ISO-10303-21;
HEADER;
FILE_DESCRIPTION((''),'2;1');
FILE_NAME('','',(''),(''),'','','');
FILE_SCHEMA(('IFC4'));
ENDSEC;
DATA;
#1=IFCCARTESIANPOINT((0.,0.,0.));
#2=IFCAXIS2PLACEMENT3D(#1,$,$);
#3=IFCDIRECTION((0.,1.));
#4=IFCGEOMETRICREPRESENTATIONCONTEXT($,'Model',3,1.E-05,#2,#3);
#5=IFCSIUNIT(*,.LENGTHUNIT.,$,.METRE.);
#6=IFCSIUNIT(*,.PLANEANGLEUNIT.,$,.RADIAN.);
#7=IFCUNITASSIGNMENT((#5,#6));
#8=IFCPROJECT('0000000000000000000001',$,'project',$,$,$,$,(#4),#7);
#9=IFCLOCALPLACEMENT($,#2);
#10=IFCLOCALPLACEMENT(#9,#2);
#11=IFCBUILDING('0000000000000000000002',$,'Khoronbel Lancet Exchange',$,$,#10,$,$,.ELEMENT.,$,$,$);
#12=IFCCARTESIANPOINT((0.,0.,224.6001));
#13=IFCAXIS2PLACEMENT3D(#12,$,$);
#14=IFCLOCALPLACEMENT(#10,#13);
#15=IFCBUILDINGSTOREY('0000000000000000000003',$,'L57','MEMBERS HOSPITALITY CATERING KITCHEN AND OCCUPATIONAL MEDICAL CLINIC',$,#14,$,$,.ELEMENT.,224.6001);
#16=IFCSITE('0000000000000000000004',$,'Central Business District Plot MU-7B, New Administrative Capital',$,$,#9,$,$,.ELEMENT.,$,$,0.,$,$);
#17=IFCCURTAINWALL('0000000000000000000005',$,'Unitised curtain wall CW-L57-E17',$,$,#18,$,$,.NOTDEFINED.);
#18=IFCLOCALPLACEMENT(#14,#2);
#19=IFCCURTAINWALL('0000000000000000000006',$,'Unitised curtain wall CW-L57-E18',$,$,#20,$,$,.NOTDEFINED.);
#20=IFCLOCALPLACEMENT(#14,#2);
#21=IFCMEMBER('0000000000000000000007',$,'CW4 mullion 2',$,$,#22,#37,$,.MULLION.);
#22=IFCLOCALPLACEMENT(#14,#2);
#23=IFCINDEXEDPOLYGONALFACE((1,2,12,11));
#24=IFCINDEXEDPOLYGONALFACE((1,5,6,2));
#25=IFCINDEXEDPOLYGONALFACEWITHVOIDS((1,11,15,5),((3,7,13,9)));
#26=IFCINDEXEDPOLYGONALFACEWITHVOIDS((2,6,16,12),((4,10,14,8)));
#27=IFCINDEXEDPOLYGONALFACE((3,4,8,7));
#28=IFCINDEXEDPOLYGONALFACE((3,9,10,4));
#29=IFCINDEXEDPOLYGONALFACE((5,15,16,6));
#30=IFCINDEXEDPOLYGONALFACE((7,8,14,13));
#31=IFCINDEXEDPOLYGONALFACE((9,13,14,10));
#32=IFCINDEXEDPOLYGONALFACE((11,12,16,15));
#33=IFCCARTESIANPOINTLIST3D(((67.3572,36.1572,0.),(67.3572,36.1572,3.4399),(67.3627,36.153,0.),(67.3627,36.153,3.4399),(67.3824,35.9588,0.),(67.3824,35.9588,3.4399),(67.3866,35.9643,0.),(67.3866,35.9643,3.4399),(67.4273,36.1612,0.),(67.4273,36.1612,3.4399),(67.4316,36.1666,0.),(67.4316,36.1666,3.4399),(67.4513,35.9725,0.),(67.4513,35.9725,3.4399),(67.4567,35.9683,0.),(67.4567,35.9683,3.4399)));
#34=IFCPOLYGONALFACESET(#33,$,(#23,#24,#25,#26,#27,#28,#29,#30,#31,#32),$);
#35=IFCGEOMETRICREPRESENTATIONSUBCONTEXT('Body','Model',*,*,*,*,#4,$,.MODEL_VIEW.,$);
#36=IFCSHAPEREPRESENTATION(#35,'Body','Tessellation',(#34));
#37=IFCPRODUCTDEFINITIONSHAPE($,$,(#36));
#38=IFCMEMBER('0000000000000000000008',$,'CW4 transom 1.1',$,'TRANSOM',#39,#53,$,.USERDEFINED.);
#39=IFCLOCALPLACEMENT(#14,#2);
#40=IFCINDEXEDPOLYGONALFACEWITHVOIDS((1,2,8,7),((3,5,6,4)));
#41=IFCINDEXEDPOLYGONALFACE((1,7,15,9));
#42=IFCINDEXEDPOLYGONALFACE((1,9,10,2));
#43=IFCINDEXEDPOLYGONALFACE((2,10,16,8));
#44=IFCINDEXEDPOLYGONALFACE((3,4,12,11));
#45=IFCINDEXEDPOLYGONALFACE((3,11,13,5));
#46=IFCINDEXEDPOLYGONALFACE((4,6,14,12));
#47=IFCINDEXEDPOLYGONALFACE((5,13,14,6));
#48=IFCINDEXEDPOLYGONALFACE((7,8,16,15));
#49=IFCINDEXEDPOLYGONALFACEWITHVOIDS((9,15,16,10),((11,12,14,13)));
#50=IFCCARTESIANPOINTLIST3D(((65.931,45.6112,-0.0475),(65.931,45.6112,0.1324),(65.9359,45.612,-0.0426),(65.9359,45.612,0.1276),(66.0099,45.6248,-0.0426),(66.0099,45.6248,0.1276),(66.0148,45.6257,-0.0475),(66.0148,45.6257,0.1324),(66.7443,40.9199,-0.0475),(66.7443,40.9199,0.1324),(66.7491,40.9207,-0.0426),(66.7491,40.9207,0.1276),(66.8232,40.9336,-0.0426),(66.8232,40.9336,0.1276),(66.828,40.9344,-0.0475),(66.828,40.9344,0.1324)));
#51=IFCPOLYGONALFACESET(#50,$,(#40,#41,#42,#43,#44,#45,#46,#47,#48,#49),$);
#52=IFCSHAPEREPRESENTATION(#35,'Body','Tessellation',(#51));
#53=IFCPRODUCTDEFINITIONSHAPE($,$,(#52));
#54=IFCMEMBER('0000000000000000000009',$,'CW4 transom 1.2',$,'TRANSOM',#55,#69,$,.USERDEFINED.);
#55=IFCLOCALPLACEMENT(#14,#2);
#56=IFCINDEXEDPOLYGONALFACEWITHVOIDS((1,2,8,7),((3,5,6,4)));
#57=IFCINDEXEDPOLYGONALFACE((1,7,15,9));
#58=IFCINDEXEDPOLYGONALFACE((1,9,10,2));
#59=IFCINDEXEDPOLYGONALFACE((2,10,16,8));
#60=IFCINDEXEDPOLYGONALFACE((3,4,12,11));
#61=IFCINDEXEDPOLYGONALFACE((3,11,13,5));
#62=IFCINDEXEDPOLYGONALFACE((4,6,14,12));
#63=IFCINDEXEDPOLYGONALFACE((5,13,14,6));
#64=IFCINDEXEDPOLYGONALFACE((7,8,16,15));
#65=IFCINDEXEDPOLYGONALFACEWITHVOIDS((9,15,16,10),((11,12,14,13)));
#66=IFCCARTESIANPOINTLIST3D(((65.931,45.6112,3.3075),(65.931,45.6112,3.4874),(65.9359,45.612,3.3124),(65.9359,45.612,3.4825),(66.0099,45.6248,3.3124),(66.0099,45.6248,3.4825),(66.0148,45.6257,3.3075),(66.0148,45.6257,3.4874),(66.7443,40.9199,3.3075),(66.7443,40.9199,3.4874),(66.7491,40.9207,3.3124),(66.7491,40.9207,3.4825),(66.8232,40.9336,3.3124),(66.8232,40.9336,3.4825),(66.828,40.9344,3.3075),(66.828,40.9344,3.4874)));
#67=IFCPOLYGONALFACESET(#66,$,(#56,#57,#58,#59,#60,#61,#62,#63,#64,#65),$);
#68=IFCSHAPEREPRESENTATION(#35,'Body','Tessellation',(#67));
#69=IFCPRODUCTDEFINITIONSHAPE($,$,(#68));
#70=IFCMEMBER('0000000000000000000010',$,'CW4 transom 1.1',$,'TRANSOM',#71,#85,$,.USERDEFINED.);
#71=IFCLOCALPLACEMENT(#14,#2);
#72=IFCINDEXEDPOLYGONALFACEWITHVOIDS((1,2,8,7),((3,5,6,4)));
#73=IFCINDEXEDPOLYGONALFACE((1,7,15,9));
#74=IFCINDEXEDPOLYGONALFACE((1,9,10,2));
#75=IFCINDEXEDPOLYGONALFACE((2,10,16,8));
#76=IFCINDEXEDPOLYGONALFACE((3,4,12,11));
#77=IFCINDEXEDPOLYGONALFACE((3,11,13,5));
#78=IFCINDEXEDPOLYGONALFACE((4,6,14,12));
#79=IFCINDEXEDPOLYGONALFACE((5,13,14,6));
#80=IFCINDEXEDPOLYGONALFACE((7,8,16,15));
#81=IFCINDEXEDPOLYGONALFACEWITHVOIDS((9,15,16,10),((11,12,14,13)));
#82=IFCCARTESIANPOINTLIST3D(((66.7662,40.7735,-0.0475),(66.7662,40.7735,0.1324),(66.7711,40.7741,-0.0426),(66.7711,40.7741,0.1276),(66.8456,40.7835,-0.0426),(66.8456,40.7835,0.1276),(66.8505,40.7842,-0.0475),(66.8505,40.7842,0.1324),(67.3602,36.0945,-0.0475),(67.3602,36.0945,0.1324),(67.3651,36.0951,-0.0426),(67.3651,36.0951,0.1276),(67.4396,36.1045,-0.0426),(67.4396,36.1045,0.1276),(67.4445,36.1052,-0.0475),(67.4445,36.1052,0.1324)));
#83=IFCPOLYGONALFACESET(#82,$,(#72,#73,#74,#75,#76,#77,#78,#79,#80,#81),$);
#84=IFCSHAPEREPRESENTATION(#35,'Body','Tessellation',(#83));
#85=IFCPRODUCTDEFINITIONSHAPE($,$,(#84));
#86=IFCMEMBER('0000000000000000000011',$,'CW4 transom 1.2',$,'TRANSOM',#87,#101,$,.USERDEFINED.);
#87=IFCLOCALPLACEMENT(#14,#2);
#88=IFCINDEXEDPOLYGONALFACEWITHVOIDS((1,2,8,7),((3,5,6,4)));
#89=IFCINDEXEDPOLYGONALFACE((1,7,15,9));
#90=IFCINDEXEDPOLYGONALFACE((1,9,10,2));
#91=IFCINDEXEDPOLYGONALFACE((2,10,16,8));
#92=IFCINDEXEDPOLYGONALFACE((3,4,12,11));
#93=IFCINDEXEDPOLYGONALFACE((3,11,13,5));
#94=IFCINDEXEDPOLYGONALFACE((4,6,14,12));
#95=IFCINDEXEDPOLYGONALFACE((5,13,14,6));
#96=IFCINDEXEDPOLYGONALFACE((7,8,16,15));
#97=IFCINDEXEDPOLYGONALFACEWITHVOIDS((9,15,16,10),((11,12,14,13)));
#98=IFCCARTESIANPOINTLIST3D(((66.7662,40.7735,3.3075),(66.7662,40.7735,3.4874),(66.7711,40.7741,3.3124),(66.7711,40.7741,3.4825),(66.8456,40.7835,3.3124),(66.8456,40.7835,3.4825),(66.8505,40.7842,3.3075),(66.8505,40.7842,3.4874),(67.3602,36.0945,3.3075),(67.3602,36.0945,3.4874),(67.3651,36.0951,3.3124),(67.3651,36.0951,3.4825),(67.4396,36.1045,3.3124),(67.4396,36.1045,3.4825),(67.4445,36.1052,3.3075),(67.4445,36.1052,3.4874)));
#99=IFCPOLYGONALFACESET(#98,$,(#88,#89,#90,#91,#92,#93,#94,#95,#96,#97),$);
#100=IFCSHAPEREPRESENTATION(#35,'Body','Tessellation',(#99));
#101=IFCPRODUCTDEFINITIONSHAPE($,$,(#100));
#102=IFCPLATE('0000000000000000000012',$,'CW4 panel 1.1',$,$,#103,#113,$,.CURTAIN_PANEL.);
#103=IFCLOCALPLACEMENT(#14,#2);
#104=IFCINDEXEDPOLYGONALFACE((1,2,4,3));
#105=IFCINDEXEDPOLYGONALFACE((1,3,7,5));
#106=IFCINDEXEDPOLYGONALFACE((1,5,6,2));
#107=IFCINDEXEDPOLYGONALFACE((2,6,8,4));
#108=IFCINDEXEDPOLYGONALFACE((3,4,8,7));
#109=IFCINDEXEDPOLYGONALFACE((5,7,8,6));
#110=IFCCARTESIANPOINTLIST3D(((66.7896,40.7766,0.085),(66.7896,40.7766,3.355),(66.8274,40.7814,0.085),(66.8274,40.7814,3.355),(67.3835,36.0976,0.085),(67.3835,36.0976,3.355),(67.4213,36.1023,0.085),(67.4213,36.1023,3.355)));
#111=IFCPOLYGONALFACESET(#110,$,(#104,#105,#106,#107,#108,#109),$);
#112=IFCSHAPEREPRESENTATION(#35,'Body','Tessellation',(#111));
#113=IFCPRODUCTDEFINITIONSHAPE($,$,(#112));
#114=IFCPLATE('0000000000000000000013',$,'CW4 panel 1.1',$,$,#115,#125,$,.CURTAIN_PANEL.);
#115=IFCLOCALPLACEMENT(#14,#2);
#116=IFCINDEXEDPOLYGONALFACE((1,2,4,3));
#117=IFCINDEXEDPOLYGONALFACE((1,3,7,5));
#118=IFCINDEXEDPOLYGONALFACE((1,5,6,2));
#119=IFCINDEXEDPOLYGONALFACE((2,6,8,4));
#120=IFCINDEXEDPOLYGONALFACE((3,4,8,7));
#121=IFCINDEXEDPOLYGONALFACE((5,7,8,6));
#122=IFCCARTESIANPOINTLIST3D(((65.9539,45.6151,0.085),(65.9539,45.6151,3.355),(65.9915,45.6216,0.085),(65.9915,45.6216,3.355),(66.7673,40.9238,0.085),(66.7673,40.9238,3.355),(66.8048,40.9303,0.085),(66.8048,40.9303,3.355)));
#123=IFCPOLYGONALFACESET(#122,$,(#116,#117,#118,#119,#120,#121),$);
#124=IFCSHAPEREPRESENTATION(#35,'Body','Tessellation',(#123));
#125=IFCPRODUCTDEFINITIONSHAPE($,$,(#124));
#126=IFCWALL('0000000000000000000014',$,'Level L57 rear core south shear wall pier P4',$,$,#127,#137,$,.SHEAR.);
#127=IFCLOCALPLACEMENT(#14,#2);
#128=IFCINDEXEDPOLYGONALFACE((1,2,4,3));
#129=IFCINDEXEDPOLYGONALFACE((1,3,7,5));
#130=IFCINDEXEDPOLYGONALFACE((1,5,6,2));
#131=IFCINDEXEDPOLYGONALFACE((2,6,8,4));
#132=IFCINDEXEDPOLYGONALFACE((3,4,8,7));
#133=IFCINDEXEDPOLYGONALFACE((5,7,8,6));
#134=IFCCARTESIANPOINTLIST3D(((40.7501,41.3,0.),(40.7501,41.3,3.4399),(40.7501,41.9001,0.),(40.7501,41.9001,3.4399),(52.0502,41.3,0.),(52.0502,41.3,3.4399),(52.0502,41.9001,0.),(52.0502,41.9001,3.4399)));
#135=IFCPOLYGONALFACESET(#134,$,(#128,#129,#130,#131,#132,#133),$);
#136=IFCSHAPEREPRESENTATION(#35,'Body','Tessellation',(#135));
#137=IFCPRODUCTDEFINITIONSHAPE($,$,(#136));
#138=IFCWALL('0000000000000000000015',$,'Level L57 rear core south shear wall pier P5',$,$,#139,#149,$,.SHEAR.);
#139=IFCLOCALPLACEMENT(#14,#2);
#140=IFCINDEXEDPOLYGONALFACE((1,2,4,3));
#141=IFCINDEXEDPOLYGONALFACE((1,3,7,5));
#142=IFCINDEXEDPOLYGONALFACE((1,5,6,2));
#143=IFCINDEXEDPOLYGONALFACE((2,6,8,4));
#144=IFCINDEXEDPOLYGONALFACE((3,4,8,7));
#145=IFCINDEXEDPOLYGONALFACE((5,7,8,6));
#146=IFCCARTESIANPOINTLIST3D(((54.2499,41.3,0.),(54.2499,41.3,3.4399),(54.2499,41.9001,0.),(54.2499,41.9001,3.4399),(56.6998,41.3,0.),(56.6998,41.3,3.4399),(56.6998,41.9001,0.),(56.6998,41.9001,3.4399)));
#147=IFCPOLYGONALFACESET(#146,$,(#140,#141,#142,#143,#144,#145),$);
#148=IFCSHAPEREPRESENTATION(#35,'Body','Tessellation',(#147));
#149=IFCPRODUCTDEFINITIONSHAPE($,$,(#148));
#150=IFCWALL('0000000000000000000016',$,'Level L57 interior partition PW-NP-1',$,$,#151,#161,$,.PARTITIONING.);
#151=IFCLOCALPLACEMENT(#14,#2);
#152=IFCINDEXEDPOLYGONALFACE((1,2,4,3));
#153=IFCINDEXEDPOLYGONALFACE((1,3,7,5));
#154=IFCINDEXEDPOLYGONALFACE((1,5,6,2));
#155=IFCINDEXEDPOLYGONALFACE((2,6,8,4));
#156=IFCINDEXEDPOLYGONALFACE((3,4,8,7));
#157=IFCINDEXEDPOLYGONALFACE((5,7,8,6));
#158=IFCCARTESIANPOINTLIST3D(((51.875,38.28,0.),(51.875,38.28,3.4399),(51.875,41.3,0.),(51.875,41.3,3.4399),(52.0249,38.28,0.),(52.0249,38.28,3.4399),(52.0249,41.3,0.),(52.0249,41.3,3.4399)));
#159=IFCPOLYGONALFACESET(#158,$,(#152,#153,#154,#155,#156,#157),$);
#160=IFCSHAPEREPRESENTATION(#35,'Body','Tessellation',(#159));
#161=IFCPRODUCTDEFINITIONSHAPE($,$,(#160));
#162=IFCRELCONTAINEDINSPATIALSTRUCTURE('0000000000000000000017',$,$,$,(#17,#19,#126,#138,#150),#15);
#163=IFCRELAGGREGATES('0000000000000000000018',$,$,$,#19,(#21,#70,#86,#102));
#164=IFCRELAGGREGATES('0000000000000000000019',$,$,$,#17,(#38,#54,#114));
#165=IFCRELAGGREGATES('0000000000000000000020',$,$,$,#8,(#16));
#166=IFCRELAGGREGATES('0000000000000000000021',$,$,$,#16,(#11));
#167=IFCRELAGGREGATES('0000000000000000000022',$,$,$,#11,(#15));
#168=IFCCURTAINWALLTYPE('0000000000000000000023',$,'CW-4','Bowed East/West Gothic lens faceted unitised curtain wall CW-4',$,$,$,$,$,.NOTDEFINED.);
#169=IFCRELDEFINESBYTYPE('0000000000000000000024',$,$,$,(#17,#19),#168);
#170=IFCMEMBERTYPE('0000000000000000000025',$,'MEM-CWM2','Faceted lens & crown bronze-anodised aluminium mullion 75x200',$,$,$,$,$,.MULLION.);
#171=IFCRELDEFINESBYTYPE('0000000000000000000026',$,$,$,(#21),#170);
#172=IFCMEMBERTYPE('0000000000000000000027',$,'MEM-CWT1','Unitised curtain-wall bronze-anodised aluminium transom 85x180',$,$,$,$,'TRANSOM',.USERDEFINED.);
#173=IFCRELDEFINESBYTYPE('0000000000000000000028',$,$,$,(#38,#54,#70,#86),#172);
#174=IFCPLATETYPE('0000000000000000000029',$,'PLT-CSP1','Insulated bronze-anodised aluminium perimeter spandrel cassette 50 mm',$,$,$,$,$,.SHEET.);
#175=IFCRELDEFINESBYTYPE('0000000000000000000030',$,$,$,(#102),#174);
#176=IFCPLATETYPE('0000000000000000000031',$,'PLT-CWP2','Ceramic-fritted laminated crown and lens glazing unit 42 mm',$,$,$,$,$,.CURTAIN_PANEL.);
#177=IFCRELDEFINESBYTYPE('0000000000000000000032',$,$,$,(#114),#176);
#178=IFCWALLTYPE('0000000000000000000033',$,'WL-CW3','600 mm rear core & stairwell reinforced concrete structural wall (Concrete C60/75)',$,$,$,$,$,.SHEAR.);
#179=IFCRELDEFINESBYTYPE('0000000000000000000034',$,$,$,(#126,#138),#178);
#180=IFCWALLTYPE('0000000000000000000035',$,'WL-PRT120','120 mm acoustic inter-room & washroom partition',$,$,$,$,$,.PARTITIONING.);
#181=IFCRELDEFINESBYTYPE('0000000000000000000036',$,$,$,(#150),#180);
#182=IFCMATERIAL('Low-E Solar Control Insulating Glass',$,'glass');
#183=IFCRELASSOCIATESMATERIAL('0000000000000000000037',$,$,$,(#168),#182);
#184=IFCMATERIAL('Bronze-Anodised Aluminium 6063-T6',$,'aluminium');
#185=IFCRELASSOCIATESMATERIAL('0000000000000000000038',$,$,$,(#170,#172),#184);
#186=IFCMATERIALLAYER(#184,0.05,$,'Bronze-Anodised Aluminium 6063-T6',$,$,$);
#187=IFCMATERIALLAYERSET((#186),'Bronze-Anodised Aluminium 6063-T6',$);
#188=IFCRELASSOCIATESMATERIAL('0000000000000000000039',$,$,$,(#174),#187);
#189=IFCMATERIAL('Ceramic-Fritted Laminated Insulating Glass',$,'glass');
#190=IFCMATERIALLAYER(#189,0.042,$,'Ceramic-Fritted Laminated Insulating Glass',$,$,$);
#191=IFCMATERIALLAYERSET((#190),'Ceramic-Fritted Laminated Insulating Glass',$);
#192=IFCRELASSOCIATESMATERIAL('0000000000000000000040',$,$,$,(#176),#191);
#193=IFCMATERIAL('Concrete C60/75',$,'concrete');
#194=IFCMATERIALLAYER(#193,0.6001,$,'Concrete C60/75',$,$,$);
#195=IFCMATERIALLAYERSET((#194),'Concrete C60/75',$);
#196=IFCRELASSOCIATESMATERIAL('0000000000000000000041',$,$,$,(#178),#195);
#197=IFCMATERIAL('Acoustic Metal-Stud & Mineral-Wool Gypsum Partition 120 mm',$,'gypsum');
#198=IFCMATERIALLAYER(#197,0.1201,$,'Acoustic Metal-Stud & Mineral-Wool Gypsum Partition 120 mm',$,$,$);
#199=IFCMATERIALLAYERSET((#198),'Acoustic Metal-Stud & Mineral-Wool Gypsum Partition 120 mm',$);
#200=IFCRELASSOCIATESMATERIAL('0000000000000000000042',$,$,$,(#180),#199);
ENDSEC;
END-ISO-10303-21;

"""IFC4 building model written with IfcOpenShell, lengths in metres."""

from ifc_helpers import new_model, si_unit, direction, frame, frame_2d, origin, origin_2d, place, context, subcontext, project, spatial, rectangle, hollow_rectangle, extrude, material, layer, layer_set, material_profile, profile_set, type_object, element, aggregate, save


model = new_model("IFC4")

# Units and contexts
model_context = context("Model", 3, precision=1e-05, world=origin(), true_north=direction((0.0, 1.0)))
body_context = subcontext(model_context, "Body", "Model", "MODEL_VIEW")
ifc_project = project(units=[si_unit("LENGTHUNIT", "METRE"), si_unit("PLANEANGLEUNIT", "RADIAN")], contexts=[model_context])

# Site, building, storey
site_placement = place(None, origin())
site = spatial("IfcSite", under=ifc_project, at=site_placement, Name="Central Business District Plot MU-7B, New Administrative Capital", CompositionType="ELEMENT", RefElevation=0.0)
building_placement = place(site_placement, origin())
building = spatial("IfcBuilding", under=site, at=building_placement, Name="Khoronbel Lancet Exchange", CompositionType="ELEMENT")
storey_placement = place(building_placement, frame((0.0, 0.0, 224.6001)))
storey = spatial("IfcBuildingStorey", under=building, at=storey_placement, Name="L57", Description="MEMBERS HOSPITALITY CATERING KITCHEN AND OCCUPATIONAL MEDICAL CLINIC", CompositionType="ELEMENT", Elevation=224.6001)

# Shared definitions
ifc_material_1 = material(Name="Concrete C60/75", Category="concrete")

# Curtain walls, member
ifc_material_2 = material(Name="Low-E Solar Control Insulating Glass", Category="glass")
curtain_wall_type = type_object("IfcCurtainWallType", Name="CW-4", Description="Bowed East/West Gothic lens faceted unitised curtain wall CW-4", PredefinedType="NOTDEFINED", material=ifc_material_2)
curtain_wall_1_placement = place(storey_placement, origin())
curtain_wall_1 = element("IfcCurtainWall", 1, at=curtain_wall_1_placement, inside=storey, type_object=curtain_wall_type, Name="Unitised curtain wall CW-L57-E17", PredefinedType="NOTDEFINED")
ifc_material_3 = material(Name="Bronze-Anodised Aluminium 6063-T6", Category="aluminium")
ifc_material_profile_1 = material_profile(ifc_material_3, hollow_rectangle(XDim=0.075, YDim=0.2, WallThickness=0.0049, at=origin_2d()), Name="ALU MULLION 75x200")
ifc_profile_set_1 = profile_set([ifc_material_profile_1], Name="Bronze-Anodised Aluminium 6063-T6")
member_type_1 = type_object("IfcMemberType", Name="MEM-CWM2", Description="Faceted lens & crown bronze-anodised aluminium mullion 75x200", PredefinedType="MULLION", material=ifc_profile_set_1)
curtain_wall_2_placement = place(storey_placement, origin())
curtain_wall_2 = element("IfcCurtainWall", 2, at=curtain_wall_2_placement, inside=storey, type_object=curtain_wall_type, Name="Unitised curtain wall CW-L57-E18", PredefinedType="NOTDEFINED")
member_1_placement = place(storey_placement, frame((67.407, 36.0627, 0.0), z_axis=(0.0, 0.0, 1.0), x_axis=(0.99204, 0.125921, 0.0)))
member_1 = element("IfcMember", 3, at=member_1_placement, type_object=member_type_1, Name="CW4 mullion 2", PredefinedType="MULLION", context=body_context, shape_type="SweptSolid", body=[
    extrude(hollow_rectangle(XDim=0.075, YDim=0.2, WallThickness=0.0049, at=origin_2d()), origin(), (0.0, 0.0, 1.0), 3.4399),
])

# Members
ifc_material_profile_2 = material_profile(ifc_material_3, hollow_rectangle(XDim=0.085, YDim=0.1799, WallThickness=0.0049, at=origin_2d()), Name="ALU TRANSOM 85x180")
ifc_profile_set_2 = profile_set([ifc_material_profile_2], Name="Bronze-Anodised Aluminium 6063-T6")
member_type_2 = type_object("IfcMemberType", Name="MEM-CWT1", Description="Unitised curtain-wall bronze-anodised aluminium transom 85x180", ElementType="TRANSOM", PredefinedType="USERDEFINED", material=ifc_profile_set_2)
member_2_placement = place(storey_placement, frame((65.9729, 45.6184, 0.0425), z_axis=(0.170807, -0.985305, 0.0), x_axis=(0.985305, 0.170807, 0.0)))
member_2 = element("IfcMember", 4, at=member_2_placement, type_object=member_type_2, Name="CW4 transom 1.1", ObjectType="TRANSOM", PredefinedType="USERDEFINED", context=body_context, shape_type="SweptSolid", body=[
    extrude(hollow_rectangle(XDim=0.085, YDim=0.1799, WallThickness=0.0049, at=origin_2d()), origin(), (0.0, 0.0, 1.0), 4.7612),
])
member_3_placement = place(storey_placement, frame((65.9729, 45.6184, 3.3975), z_axis=(0.170807, -0.985305, 0.0), x_axis=(0.985305, 0.170807, 0.0)))
member_3 = element("IfcMember", 5, at=member_3_placement, type_object=member_type_2, Name="CW4 transom 1.2", ObjectType="TRANSOM", PredefinedType="USERDEFINED", context=body_context, shape_type="SweptSolid", body=[
    extrude(hollow_rectangle(XDim=0.085, YDim=0.1799, WallThickness=0.0049, at=origin_2d()), origin(), (0.0, 0.0, 1.0), 4.7612),
])
member_4_placement = place(storey_placement, frame((66.8083, 40.7788, 0.0425), z_axis=(0.125939, -0.992038, 0.0), x_axis=(0.992038, 0.125939, 0.0)))
member_4 = element("IfcMember", 6, at=member_4_placement, type_object=member_type_2, Name="CW4 transom 1.1", ObjectType="TRANSOM", PredefinedType="USERDEFINED", context=body_context, shape_type="SweptSolid", body=[
    extrude(hollow_rectangle(XDim=0.085, YDim=0.1799, WallThickness=0.0049, at=origin_2d()), origin(), (0.0, 0.0, 1.0), 4.7166),
])
member_5_placement = place(storey_placement, frame((66.8083, 40.7788, 3.3975), z_axis=(0.125939, -0.992038, 0.0), x_axis=(0.992038, 0.125939, 0.0)))
member_5 = element("IfcMember", 7, at=member_5_placement, type_object=member_type_2, Name="CW4 transom 1.2", ObjectType="TRANSOM", PredefinedType="USERDEFINED", context=body_context, shape_type="SweptSolid", body=[
    extrude(hollow_rectangle(XDim=0.085, YDim=0.1799, WallThickness=0.0049, at=origin_2d()), origin(), (0.0, 0.0, 1.0), 4.7166),
])

# Plates
ifc_layer_1 = layer(ifc_material_3, 0.05, Name="Bronze-Anodised Aluminium 6063-T6")
ifc_layer_set_1 = layer_set([ifc_layer_1], Name="Bronze-Anodised Aluminium 6063-T6")
plate_type_1 = type_object("IfcPlateType", Name="PLT-CSP1", Description="Insulated bronze-anodised aluminium perimeter spandrel cassette 50 mm", PredefinedType="SHEET", material=ifc_layer_set_1)
plate_1_placement = place(storey_placement, frame((67.1055, 38.4395, 0.085), z_axis=(0.0, 0.0, 1.0), x_axis=(0.125921, -0.99204, 0.0)))
plate_1 = element("IfcPlate", 8, at=plate_1_placement, type_object=plate_type_1, Name="CW4 panel 1.1", PredefinedType="CURTAIN_PANEL", context=body_context, shape_type="SweptSolid", body=[
    extrude(rectangle(XDim=4.7166, YDim=0.0381, at=origin_2d()), origin(), (0.0, 0.0, 1.0), 3.27),
])
aggregate(curtain_wall_2, [member_1, member_4, member_5, plate_1])
ifc_material_4 = material(Name="Ceramic-Fritted Laminated Insulating Glass", Category="glass")
ifc_layer_2 = layer(ifc_material_4, 0.042, Name="Ceramic-Fritted Laminated Insulating Glass")
ifc_layer_set_2 = layer_set([ifc_layer_2], Name="Ceramic-Fritted Laminated Insulating Glass")
plate_type_2 = type_object("IfcPlateType", Name="PLT-CWP2", Description="Ceramic-fritted laminated crown and lens glazing unit 42 mm", PredefinedType="CURTAIN_PANEL", material=ifc_layer_set_2)
plate_2_placement = place(storey_placement, frame((66.3794, 43.2727, 0.085), z_axis=(0.0, 0.0, 1.0), x_axis=(0.170834, -0.9853, 0.0)))
plate_2 = element("IfcPlate", 9, at=plate_2_placement, type_object=plate_type_2, Name="CW4 panel 1.1", PredefinedType="CURTAIN_PANEL", context=body_context, shape_type="SweptSolid", body=[
    extrude(rectangle(XDim=4.7612, YDim=0.0381, at=origin_2d()), origin(), (0.0, 0.0, 1.0), 3.27),
])
aggregate(curtain_wall_1, [member_2, member_3, plate_2])

# Walls
ifc_layer_3 = layer(ifc_material_1, 0.6001, Name="Concrete C60/75")
ifc_layer_set_3 = layer_set([ifc_layer_3], Name="Concrete C60/75")
wall_type_1 = type_object("IfcWallType", Name="WL-CW3", Description="600 mm rear core & stairwell reinforced concrete structural wall (Concrete C60/75)", PredefinedType="SHEAR", material=ifc_layer_set_3)
wall_1_placement = place(storey_placement, frame((52.05, 41.6001, 0.0), z_axis=(0.0, 0.0, 1.0), x_axis=(-1.0, 0.0, 0.0)))
element("IfcWall", 10, at=wall_1_placement, inside=storey, type_object=wall_type_1, Name="Level L57 rear core south shear wall pier P4", PredefinedType="SHEAR", context=body_context, shape_type="SweptSolid", body=[
    extrude(rectangle(XDim=11.3, YDim=0.6001, at=frame_2d((5.6499, 0.0))), origin(), (0.0, 0.0, 1.0), 3.4399),
])
wall_2_placement = place(storey_placement, frame((56.7, 41.6001, 0.0), z_axis=(0.0, 0.0, 1.0), x_axis=(-1.0, 0.0, 0.0)))
element("IfcWall", 11, at=wall_2_placement, inside=storey, type_object=wall_type_1, Name="Level L57 rear core south shear wall pier P5", PredefinedType="SHEAR", context=body_context, shape_type="SweptSolid", body=[
    extrude(rectangle(XDim=2.45, YDim=0.6001, at=frame_2d((1.2251, 0.0))), origin(), (0.0, 0.0, 1.0), 3.4399),
])
ifc_material_5 = material(Name="Acoustic Metal-Stud & Mineral-Wool Gypsum Partition 120 mm", Category="gypsum")
ifc_layer_4 = layer(ifc_material_5, 0.1201, Name="Acoustic Metal-Stud & Mineral-Wool Gypsum Partition 120 mm")
ifc_layer_set_4 = layer_set([ifc_layer_4], Name="Acoustic Metal-Stud & Mineral-Wool Gypsum Partition 120 mm")
wall_type_2 = type_object("IfcWallType", Name="WL-PRT120", Description="120 mm acoustic inter-room & washroom partition", PredefinedType="PARTITIONING", material=ifc_layer_set_4)
wall_3_placement = place(storey_placement, frame((51.95, 38.28, 0.0), z_axis=(0.0, 0.0, 1.0), x_axis=(0.0, 1.0, 0.0)))
element("IfcWall", 12, at=wall_3_placement, inside=storey, type_object=wall_type_2, Name="Level L57 interior partition PW-NP-1", PredefinedType="PARTITIONING", context=body_context, shape_type="SweptSolid", body=[
    extrude(rectangle(XDim=3.02, YDim=0.1499, at=frame_2d((1.51, 0.0))), origin(), (0.0, 0.0, 1.0), 3.4399),
])

save(model, "model.ifc")
